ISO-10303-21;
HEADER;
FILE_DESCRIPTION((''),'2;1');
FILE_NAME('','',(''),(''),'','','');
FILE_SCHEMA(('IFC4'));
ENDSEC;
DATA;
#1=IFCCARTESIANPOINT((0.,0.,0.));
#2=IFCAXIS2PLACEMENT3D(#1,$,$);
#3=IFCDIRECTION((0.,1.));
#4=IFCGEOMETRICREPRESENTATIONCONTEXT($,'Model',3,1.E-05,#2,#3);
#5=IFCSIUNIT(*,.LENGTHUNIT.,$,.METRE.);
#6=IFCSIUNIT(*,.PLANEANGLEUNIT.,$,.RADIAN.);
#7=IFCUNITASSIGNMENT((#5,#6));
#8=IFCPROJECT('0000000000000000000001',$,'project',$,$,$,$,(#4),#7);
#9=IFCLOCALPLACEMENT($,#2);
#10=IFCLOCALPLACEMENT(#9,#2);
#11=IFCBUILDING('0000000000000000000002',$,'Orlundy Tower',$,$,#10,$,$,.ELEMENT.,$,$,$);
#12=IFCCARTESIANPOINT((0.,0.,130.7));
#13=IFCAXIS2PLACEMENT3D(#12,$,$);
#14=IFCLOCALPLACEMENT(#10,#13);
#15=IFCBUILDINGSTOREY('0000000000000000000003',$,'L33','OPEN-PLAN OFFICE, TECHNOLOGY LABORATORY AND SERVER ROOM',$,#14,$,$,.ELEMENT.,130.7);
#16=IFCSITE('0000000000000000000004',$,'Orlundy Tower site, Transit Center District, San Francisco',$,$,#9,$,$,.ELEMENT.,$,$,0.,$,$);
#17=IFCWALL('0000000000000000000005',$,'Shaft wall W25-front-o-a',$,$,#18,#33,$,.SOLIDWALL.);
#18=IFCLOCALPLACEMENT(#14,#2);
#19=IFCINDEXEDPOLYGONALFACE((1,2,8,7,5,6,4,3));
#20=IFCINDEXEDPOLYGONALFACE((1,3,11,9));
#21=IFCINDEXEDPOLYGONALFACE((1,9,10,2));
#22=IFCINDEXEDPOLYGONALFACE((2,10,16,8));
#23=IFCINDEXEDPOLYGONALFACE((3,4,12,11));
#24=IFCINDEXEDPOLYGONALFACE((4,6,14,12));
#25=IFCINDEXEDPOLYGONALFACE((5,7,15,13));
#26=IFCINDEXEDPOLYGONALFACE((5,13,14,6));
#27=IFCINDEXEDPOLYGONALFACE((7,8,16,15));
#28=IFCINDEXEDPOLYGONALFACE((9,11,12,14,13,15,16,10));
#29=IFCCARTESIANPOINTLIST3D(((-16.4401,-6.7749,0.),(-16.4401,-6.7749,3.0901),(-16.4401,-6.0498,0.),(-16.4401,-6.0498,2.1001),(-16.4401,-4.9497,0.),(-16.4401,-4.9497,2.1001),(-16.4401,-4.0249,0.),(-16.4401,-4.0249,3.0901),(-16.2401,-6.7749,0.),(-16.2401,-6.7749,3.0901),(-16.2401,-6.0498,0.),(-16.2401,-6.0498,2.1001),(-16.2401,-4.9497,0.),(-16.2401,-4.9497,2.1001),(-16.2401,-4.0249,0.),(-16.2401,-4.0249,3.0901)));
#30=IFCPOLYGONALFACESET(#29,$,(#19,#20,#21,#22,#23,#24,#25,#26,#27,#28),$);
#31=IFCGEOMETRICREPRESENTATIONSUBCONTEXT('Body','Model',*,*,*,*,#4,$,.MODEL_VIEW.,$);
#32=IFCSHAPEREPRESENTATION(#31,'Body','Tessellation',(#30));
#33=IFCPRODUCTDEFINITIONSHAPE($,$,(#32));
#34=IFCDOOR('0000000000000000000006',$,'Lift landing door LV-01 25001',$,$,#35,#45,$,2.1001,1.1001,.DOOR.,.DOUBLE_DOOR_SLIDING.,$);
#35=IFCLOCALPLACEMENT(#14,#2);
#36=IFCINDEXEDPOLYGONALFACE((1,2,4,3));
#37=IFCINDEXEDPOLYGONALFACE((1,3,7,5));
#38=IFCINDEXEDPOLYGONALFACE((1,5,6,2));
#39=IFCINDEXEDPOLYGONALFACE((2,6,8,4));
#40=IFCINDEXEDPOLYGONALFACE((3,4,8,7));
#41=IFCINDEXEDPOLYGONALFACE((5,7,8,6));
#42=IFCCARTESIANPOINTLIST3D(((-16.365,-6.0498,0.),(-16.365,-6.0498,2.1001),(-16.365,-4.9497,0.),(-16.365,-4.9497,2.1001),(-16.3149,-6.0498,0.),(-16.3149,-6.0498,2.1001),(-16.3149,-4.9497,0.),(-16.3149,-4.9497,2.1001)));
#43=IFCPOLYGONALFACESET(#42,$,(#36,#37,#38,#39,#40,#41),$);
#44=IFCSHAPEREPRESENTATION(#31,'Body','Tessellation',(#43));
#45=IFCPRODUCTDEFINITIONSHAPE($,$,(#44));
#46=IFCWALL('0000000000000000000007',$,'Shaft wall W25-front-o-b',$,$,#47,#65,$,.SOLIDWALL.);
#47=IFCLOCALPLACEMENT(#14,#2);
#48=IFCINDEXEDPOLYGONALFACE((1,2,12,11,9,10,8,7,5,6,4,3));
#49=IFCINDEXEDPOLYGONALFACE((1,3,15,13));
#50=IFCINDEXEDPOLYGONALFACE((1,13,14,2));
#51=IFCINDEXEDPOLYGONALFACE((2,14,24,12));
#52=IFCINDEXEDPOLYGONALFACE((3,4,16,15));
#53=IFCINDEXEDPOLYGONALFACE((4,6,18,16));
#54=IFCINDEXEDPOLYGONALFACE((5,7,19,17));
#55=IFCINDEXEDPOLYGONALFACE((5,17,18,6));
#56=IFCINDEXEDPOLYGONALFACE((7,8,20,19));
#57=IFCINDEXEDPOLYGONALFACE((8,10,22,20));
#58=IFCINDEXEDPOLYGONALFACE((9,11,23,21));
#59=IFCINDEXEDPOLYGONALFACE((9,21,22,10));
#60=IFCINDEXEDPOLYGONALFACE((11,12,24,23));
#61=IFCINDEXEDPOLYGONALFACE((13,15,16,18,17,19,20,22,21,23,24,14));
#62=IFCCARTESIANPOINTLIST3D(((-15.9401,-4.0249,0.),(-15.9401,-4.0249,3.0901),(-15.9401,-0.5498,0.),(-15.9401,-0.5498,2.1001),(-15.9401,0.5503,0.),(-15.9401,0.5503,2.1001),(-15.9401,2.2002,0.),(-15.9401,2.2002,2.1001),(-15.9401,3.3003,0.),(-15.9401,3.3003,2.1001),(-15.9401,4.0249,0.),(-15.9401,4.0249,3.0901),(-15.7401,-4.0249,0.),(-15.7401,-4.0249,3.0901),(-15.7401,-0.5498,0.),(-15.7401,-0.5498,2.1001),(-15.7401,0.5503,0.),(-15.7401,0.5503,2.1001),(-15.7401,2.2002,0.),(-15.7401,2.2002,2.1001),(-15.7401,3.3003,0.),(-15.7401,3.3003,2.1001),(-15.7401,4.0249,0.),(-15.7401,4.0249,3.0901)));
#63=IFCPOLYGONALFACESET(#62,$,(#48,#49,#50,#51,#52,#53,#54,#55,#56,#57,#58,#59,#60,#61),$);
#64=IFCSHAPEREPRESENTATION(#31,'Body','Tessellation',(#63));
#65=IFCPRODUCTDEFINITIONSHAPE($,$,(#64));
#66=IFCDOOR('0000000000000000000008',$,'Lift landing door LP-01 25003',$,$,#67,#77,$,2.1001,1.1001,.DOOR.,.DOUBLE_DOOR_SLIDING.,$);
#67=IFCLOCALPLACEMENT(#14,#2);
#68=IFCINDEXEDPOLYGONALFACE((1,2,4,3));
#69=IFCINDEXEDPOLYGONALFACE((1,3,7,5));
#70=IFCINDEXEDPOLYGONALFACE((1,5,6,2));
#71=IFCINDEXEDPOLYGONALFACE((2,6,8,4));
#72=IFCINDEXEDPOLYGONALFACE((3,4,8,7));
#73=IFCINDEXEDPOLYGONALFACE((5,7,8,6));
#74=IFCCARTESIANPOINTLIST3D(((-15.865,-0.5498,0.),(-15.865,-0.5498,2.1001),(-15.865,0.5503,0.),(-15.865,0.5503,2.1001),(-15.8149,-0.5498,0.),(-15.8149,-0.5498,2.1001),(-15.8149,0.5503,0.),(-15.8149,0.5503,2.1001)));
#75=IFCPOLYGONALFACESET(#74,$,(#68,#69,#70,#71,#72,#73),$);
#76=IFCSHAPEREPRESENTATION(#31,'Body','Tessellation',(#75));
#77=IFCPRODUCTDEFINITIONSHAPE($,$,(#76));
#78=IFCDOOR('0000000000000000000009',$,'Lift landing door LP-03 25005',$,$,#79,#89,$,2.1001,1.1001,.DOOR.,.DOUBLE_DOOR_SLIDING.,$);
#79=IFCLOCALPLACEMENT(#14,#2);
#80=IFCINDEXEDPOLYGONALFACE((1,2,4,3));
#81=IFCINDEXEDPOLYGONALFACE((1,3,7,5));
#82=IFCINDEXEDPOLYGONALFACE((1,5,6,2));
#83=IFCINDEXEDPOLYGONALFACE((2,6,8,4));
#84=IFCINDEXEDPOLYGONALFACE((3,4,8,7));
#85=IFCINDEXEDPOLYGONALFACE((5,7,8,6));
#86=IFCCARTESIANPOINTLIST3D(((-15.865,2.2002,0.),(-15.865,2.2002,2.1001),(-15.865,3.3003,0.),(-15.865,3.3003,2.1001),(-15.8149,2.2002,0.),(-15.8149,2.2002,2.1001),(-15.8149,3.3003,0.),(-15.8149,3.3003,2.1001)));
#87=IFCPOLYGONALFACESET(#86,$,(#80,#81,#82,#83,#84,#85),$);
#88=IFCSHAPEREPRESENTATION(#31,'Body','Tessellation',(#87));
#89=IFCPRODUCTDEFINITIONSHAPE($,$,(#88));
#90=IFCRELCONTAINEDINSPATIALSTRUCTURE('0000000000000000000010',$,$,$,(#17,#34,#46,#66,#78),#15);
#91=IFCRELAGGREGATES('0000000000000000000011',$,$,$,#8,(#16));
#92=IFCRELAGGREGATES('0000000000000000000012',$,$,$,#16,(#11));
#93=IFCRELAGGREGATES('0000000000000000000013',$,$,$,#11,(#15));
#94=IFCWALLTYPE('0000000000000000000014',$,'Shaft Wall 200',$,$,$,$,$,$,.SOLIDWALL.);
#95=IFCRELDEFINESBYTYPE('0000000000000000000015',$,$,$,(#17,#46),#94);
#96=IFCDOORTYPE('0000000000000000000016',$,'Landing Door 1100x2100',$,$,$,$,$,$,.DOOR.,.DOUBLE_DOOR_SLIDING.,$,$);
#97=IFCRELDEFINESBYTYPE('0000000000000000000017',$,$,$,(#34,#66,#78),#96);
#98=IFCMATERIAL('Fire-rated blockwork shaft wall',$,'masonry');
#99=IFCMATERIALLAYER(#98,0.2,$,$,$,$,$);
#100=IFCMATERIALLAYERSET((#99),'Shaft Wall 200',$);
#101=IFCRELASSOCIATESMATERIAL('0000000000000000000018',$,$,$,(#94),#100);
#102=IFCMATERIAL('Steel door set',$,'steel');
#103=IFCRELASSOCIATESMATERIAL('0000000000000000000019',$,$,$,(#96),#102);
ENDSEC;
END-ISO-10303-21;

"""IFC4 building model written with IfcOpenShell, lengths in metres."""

from ifc_helpers import new_model, si_unit, direction, frame, frame_2d, origin, place, context, subcontext, project, spatial, rectangle, extrude, material, layer, layer_set, type_object, element, fill, save


model = new_model("IFC4")

# Units and contexts
model_context = context("Model", 3, precision=1e-05, world=origin(), true_north=direction((0.0, 1.0)))
body_context = subcontext(model_context, "Body", "Model", "MODEL_VIEW")
ifc_project = project(units=[si_unit("LENGTHUNIT", "METRE"), si_unit("PLANEANGLEUNIT", "RADIAN")], contexts=[model_context])

# Site, building, storey
site_placement = place(None, origin())
site = spatial("IfcSite", under=ifc_project, at=site_placement, Name="Orlundy Tower site, Transit Center District, San Francisco", CompositionType="ELEMENT", RefElevation=0.0)
building_placement = place(site_placement, origin())
building = spatial("IfcBuilding", under=site, at=building_placement, Name="Orlundy Tower", CompositionType="ELEMENT")
storey_placement = place(building_placement, frame((0.0, 0.0, 130.7)))
storey = spatial("IfcBuildingStorey", under=building, at=storey_placement, Name="L33", Description="OPEN-PLAN OFFICE, TECHNOLOGY LABORATORY AND SERVER ROOM", CompositionType="ELEMENT", Elevation=130.7)

# Shared definitions
ifc_material_1 = material(Name="Fire-rated blockwork shaft wall", Category="masonry")
ifc_layer_1 = layer(ifc_material_1, 0.2)
ifc_layer_set_1 = layer_set([ifc_layer_1], Name="Shaft Wall 200")
wall_type_1 = type_object("IfcWallType", Name="Shaft Wall 200", PredefinedType="SOLIDWALL", material=ifc_layer_set_1)

# Wall, opening, door
wall_1_placement = place(storey_placement, frame((-16.3401, -6.7749, 0.0), z_axis=(0.0, 0.0, 1.0), x_axis=(0.0, 1.0, 0.0)))
wall_1 = element("IfcWall", 1, at=wall_1_placement, inside=storey, type_object=wall_type_1, Name="Shaft wall W25-front-o-a", PredefinedType="SOLIDWALL", context=body_context, shape_type="SweptSolid", body=[
    extrude(rectangle(XDim=2.75, YDim=0.2, at=frame_2d((1.375, 0.0))), origin(), (0.0, 0.0, 1.0), 3.0901),
])
opening_1_placement = place(wall_1_placement, frame((0.7251, 0.0, 0.0)))
opening_1 = element("IfcOpeningElement", 2, at=opening_1_placement, cuts=wall_1, PredefinedType="OPENING", context=body_context, shape_type="SweptSolid", body=[
    extrude(rectangle(XDim=1.1001, YDim=2.1001, at=frame_2d((0.55, 1.05))), frame((0.0, 0.1101, 0.0), z_axis=(0.0, -1.0, 0.0), x_axis=(1.0, 0.0, 0.0)), (0.0, 0.0, 1.0), 0.2202),
])
ifc_material_2 = material(Name="Steel door set", Category="steel")
door_type = type_object("IfcDoorType", Name="Landing Door 1100x2100", OperationType="DOUBLE_DOOR_SLIDING", PredefinedType="DOOR", material=ifc_material_2)
door_1_placement = place(opening_1_placement, origin())
door_1 = element("IfcDoor", 3, at=door_1_placement, inside=storey, type_object=door_type, Name="Lift landing door LV-01 25001", OperationType="DOUBLE_DOOR_SLIDING", OverallHeight=2.1001, OverallWidth=1.1001, PredefinedType="DOOR", context=body_context, shape_type="SweptSolid", body=[
    extrude(rectangle(XDim=1.1001, YDim=2.1001, at=frame_2d((0.55, 1.05))), frame((0.0, 0.0249, 0.0), z_axis=(0.0, -1.0, 0.0), x_axis=(1.0, 0.0, 0.0)), (0.0, 0.0, 1.0), 0.05),
])
fill(opening_1, door_1)

# Wall, openings, doors
wall_2_placement = place(storey_placement, frame((-15.8401, -4.0249, 0.0), z_axis=(0.0, 0.0, 1.0), x_axis=(0.0, 1.0, 0.0)))
wall_2 = element("IfcWall", 4, at=wall_2_placement, inside=storey, type_object=wall_type_1, Name="Shaft wall W25-front-o-b", PredefinedType="SOLIDWALL", context=body_context, shape_type="SweptSolid", body=[
    extrude(rectangle(XDim=8.0498, YDim=0.2, at=frame_2d((4.0249, 0.0))), origin(), (0.0, 0.0, 1.0), 3.0901),
])
opening_2_placement = place(wall_2_placement, frame((3.4751, 0.0, 0.0)))
opening_2 = element("IfcOpeningElement", 5, at=opening_2_placement, cuts=wall_2, PredefinedType="OPENING", context=body_context, shape_type="SweptSolid", body=[
    extrude(rectangle(XDim=1.1001, YDim=2.1001, at=frame_2d((0.55, 1.05))), frame((0.0, 0.1101, 0.0), z_axis=(0.0, -1.0, 0.0), x_axis=(1.0, 0.0, 0.0)), (0.0, 0.0, 1.0), 0.2202),
])
opening_3_placement = place(wall_2_placement, frame((6.2251, 0.0, 0.0)))
opening_3 = element("IfcOpeningElement", 6, at=opening_3_placement, cuts=wall_2, PredefinedType="OPENING", context=body_context, shape_type="SweptSolid", body=[
    extrude(rectangle(XDim=1.1001, YDim=2.1001, at=frame_2d((0.55, 1.05))), frame((0.0, 0.1101, 0.0), z_axis=(0.0, -1.0, 0.0), x_axis=(1.0, 0.0, 0.0)), (0.0, 0.0, 1.0), 0.2202),
])
door_2_placement = place(opening_2_placement, origin())
door_2 = element("IfcDoor", 7, at=door_2_placement, inside=storey, type_object=door_type, Name="Lift landing door LP-01 25003", OperationType="DOUBLE_DOOR_SLIDING", OverallHeight=2.1001, OverallWidth=1.1001, PredefinedType="DOOR", context=body_context, shape_type="SweptSolid", body=[
    extrude(rectangle(XDim=1.1001, YDim=2.1001, at=frame_2d((0.55, 1.05))), frame((0.0, 0.0249, 0.0), z_axis=(0.0, -1.0, 0.0), x_axis=(1.0, 0.0, 0.0)), (0.0, 0.0, 1.0), 0.05),
])
fill(opening_2, door_2)
door_3_placement = place(opening_3_placement, origin())
door_3 = element("IfcDoor", 8, at=door_3_placement, inside=storey, type_object=door_type, Name="Lift landing door LP-03 25005", OperationType="DOUBLE_DOOR_SLIDING", OverallHeight=2.1001, OverallWidth=1.1001, PredefinedType="DOOR", context=body_context, shape_type="SweptSolid", body=[
    extrude(rectangle(XDim=1.1001, YDim=2.1001, at=frame_2d((0.55, 1.05))), frame((0.0, 0.0249, 0.0), z_axis=(0.0, -1.0, 0.0), x_axis=(1.0, 0.0, 0.0)), (0.0, 0.0, 1.0), 0.05),
])
fill(opening_3, door_3)

save(model, "model.ifc")
